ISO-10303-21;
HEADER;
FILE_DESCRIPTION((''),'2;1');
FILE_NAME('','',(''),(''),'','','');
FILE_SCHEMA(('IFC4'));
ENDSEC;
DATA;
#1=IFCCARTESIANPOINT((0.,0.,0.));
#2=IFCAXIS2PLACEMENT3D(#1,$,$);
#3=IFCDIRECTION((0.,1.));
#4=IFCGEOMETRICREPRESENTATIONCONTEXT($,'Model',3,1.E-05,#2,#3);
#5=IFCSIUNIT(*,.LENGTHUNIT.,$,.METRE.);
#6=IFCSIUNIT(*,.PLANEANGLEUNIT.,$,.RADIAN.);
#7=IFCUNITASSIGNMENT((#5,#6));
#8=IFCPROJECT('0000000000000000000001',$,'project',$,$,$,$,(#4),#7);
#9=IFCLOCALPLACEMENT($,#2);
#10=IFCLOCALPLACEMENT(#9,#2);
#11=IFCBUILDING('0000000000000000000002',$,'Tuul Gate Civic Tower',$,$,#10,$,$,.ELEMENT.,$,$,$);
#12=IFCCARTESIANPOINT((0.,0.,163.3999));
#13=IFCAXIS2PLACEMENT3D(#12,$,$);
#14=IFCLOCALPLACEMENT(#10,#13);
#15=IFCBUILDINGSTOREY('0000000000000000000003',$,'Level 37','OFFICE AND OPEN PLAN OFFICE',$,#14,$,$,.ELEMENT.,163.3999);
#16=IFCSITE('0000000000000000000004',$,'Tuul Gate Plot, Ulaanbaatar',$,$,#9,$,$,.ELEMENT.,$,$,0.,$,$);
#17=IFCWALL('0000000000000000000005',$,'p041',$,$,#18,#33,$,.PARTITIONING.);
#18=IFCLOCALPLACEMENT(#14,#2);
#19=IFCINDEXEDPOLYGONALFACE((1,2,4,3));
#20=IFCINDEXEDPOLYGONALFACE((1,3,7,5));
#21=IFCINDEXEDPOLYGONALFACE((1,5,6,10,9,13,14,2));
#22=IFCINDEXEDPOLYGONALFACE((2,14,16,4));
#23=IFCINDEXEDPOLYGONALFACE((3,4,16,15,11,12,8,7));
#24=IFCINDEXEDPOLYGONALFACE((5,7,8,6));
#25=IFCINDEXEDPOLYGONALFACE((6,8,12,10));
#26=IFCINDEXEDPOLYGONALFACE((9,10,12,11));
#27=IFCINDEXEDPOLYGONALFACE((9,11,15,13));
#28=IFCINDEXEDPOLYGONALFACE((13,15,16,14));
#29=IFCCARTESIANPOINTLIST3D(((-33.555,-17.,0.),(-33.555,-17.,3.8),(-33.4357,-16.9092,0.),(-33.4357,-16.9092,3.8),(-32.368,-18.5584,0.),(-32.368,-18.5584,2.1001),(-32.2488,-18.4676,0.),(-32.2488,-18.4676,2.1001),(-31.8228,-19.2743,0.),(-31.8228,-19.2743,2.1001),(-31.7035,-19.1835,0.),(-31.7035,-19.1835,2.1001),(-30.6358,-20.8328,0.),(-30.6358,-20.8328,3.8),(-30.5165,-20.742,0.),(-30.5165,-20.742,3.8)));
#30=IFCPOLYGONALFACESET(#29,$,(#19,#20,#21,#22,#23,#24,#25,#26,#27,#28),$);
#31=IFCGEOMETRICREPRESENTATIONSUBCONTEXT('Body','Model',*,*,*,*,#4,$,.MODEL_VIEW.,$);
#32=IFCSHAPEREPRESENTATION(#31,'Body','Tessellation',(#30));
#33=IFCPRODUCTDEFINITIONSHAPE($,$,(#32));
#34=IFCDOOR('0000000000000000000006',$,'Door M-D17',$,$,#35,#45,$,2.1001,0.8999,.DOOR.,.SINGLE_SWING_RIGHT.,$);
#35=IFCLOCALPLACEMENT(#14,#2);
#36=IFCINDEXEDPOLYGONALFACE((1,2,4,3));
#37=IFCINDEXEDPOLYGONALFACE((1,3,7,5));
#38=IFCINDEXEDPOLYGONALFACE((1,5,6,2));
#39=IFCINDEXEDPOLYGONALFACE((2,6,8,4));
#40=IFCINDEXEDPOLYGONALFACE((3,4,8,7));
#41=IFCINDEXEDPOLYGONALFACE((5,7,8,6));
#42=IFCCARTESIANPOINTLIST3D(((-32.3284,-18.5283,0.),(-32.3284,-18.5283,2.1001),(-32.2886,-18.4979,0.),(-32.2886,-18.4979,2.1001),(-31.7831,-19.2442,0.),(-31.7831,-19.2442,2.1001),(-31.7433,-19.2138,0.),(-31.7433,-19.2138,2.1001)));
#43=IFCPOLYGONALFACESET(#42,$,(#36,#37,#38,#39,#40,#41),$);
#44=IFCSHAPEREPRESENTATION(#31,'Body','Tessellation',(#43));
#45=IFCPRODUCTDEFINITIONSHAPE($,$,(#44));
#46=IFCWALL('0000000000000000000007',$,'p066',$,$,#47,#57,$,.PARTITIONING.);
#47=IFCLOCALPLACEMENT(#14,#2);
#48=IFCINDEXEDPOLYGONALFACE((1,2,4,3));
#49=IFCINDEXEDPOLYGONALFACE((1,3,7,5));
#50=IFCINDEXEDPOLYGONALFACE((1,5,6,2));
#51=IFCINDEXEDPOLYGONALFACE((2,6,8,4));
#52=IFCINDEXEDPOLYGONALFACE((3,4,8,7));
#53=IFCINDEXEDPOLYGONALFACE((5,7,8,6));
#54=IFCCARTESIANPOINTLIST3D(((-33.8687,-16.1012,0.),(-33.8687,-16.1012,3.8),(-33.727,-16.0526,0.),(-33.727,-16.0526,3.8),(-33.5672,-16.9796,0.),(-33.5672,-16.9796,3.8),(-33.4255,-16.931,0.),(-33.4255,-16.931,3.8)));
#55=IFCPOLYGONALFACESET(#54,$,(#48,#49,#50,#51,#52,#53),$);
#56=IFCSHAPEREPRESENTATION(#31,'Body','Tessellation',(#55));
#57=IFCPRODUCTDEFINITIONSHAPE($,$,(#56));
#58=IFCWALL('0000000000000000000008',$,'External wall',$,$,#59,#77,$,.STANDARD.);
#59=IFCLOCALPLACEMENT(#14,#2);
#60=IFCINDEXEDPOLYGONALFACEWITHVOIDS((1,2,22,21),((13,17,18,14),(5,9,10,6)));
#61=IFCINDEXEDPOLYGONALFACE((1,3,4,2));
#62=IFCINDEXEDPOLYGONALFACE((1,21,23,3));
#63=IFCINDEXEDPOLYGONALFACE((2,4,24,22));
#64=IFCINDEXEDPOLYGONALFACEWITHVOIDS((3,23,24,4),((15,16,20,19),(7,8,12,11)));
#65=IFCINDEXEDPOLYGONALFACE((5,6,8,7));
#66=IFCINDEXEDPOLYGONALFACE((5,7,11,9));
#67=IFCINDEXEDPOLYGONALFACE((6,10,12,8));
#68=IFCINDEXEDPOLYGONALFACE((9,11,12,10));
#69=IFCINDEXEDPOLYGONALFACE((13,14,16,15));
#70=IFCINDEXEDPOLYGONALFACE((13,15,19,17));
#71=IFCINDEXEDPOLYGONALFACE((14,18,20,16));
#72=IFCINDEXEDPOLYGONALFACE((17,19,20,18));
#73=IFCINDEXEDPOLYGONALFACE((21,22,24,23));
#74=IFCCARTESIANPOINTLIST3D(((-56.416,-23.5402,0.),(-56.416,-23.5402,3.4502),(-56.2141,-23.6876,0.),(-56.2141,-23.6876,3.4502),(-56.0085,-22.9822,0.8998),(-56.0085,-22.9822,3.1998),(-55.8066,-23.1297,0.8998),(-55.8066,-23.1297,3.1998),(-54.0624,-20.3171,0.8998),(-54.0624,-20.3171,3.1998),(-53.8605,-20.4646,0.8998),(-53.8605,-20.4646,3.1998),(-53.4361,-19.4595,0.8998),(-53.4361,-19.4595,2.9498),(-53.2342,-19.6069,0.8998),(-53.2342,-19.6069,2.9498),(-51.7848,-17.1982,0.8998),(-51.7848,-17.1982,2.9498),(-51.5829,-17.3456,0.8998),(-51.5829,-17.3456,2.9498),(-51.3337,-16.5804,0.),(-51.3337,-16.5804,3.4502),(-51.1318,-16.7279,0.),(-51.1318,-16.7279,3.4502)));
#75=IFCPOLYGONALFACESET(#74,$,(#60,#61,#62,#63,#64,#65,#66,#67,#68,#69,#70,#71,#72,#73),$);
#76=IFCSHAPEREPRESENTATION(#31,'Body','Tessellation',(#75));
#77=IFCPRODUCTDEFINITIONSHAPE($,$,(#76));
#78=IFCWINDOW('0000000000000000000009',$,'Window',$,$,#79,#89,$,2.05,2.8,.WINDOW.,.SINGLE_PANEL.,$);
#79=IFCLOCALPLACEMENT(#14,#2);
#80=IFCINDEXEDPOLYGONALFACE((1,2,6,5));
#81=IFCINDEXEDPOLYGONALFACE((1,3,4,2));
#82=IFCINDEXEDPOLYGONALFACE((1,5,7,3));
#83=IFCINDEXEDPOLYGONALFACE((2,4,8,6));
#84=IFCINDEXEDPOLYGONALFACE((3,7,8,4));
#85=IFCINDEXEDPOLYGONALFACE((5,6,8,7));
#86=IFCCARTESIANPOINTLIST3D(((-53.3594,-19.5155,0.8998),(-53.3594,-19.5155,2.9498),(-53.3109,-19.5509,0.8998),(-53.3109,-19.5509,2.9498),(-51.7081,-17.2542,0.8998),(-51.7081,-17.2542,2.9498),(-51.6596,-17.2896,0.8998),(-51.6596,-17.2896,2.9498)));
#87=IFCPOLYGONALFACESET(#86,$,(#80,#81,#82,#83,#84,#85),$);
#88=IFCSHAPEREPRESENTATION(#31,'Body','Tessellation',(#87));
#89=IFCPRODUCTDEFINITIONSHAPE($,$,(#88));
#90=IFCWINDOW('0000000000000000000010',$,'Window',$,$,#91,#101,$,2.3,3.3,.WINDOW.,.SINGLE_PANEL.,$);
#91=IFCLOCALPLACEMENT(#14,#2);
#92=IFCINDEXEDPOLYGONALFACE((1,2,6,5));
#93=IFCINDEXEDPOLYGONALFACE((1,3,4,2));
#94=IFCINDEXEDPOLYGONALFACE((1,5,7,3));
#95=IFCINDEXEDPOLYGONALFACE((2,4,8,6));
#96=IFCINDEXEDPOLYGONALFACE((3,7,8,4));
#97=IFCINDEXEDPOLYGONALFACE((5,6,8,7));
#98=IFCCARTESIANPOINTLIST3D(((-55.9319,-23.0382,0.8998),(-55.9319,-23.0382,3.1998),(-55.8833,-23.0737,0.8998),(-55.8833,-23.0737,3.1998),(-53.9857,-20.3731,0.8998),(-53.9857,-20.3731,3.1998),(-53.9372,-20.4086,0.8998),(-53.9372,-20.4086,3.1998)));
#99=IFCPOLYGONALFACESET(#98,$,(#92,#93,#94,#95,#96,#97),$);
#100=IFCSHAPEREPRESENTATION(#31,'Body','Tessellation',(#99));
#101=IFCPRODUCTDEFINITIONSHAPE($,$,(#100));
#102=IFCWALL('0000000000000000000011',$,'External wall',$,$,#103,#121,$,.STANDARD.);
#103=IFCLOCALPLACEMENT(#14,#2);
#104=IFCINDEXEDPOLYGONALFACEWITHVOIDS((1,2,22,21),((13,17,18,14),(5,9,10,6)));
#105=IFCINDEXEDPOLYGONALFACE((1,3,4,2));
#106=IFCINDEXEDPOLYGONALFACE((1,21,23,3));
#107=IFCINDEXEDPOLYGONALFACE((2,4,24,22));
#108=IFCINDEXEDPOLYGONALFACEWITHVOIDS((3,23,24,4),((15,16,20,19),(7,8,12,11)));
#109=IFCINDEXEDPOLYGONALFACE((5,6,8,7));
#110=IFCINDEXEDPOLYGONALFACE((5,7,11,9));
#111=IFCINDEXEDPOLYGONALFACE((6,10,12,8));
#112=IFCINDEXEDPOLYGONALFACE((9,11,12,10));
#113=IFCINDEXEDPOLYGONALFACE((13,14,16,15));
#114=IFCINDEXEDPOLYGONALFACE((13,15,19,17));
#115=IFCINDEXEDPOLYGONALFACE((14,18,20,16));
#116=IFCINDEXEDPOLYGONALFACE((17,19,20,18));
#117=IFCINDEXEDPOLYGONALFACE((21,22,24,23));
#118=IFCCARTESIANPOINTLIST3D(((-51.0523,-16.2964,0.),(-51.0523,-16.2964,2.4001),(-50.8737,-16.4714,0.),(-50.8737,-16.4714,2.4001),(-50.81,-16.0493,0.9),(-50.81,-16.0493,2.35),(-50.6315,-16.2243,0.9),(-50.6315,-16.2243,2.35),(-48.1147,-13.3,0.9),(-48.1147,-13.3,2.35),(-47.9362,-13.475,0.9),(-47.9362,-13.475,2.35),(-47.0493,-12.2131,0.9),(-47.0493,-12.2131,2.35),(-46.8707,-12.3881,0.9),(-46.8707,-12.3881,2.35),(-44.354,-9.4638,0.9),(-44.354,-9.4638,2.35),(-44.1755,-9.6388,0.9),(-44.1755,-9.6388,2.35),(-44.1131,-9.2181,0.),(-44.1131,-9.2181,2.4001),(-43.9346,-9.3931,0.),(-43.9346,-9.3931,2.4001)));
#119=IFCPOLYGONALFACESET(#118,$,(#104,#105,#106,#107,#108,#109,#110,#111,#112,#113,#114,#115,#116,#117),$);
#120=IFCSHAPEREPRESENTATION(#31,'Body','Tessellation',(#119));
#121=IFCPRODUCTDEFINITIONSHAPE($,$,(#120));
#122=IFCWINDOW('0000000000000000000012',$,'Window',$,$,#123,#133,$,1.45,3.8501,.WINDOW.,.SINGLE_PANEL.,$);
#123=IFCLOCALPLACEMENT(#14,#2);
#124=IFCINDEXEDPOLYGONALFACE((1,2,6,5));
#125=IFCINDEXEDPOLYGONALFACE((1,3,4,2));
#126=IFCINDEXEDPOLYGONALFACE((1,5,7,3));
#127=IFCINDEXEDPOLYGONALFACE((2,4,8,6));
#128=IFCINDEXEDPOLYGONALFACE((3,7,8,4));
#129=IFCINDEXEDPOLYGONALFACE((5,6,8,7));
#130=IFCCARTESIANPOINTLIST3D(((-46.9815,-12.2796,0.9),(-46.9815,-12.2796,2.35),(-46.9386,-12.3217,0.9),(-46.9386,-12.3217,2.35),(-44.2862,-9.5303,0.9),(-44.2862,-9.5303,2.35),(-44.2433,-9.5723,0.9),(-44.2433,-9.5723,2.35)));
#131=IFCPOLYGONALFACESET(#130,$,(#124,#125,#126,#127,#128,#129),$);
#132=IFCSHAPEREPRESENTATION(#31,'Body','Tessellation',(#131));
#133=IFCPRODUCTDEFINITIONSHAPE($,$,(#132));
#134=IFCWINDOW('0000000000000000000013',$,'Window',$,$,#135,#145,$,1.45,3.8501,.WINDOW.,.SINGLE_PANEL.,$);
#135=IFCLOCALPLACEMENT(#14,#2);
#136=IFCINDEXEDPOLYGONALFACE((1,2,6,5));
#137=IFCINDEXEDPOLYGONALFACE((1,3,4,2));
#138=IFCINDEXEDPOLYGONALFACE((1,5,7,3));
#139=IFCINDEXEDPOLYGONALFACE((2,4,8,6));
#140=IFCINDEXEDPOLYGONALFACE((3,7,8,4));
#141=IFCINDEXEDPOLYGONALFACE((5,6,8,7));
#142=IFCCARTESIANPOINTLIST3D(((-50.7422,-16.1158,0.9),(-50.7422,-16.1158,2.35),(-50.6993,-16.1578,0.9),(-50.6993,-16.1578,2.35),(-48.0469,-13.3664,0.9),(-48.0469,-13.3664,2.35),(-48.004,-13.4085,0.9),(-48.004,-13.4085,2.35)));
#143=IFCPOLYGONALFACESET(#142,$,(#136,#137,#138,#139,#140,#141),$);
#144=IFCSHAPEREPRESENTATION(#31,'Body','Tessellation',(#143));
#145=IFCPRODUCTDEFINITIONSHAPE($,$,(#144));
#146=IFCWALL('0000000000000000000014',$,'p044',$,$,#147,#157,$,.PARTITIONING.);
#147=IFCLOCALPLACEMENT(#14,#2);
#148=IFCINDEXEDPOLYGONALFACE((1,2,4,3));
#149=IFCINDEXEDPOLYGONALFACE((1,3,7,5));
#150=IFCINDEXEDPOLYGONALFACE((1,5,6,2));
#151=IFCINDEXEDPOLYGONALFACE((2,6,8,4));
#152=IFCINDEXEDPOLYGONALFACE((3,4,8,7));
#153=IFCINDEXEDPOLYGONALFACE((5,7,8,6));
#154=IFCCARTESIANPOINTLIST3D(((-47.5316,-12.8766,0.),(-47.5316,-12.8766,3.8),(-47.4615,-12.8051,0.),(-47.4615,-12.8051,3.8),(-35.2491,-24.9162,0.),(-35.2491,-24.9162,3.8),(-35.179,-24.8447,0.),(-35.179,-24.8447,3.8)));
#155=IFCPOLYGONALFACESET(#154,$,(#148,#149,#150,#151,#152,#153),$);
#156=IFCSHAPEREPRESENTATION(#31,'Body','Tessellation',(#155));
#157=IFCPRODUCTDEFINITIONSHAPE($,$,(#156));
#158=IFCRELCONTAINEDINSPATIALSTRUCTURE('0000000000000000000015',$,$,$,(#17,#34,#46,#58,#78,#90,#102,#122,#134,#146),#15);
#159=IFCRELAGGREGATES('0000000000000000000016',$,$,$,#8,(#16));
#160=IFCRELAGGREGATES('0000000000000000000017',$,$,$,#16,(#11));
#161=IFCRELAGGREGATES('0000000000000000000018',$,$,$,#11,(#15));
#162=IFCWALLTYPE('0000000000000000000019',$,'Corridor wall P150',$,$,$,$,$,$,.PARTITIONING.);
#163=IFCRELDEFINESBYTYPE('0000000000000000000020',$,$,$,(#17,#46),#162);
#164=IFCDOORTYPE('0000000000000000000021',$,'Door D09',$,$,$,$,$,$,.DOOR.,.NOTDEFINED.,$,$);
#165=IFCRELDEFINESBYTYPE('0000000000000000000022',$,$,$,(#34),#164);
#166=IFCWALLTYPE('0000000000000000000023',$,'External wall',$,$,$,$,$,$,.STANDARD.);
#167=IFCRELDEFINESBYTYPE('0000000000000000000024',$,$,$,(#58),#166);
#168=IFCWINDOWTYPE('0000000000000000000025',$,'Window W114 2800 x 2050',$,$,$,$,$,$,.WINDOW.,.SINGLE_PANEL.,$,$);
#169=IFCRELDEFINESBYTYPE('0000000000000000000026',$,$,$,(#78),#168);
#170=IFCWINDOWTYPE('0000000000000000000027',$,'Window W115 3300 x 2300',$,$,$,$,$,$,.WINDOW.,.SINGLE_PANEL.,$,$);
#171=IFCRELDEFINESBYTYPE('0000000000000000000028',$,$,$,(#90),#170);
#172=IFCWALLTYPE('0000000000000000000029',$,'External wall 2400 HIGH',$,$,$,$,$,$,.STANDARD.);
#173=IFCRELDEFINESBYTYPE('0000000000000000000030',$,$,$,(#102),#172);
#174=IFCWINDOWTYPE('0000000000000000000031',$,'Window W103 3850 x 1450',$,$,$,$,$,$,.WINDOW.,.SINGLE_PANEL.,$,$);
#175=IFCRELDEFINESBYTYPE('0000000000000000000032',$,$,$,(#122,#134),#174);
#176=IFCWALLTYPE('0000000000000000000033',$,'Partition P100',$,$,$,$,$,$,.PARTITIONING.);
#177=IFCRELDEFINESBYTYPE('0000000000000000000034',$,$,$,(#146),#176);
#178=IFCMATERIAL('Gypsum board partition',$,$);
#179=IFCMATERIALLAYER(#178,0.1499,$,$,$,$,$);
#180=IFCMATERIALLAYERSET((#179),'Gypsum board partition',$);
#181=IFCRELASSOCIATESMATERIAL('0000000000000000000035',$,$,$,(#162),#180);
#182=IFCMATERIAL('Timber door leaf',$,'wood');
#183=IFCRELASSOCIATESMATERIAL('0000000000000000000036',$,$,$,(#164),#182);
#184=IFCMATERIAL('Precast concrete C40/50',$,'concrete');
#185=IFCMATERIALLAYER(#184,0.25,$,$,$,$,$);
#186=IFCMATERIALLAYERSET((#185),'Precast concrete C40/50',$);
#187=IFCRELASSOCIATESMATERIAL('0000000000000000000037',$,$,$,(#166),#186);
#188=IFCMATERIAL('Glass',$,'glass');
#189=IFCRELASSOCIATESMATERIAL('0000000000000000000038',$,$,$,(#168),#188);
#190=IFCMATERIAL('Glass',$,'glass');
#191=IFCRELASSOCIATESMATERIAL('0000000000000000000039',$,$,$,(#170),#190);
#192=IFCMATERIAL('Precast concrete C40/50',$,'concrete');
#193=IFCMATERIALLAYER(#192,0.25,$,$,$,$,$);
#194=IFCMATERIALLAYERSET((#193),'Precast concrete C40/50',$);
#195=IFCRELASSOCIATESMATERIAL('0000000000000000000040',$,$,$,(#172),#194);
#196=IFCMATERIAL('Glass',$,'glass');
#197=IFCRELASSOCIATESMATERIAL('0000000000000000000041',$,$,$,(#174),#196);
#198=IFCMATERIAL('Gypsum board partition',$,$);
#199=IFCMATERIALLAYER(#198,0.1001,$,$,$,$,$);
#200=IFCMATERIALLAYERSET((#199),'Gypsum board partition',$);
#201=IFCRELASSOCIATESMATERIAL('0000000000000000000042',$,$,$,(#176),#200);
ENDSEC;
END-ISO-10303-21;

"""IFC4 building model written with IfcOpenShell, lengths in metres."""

from ifc_helpers import new_model, si_unit, direction, frame, frame_2d, origin, place, context, subcontext, project, spatial, rectangle, extrude, material, layer, layer_set, type_object, element, fill, save


model = new_model("IFC4")

# Units and contexts
model_context = context("Model", 3, precision=1e-05, world=origin(), true_north=direction((0.0, 1.0)))
body_context = subcontext(model_context, "Body", "Model", "MODEL_VIEW")
ifc_project = project(units=[si_unit("LENGTHUNIT", "METRE"), si_unit("PLANEANGLEUNIT", "RADIAN")], contexts=[model_context])

# Site, building, storey
site_placement = place(None, origin())
site = spatial("IfcSite", under=ifc_project, at=site_placement, Name="Tuul Gate Plot, Ulaanbaatar", CompositionType="ELEMENT", RefElevation=0.0)
building_placement = place(site_placement, origin())
building = spatial("IfcBuilding", under=site, at=building_placement, Name="Tuul Gate Civic Tower", CompositionType="ELEMENT")
storey_placement = place(building_placement, frame((0.0, 0.0, 163.3999)))
storey = spatial("IfcBuildingStorey", under=building, at=storey_placement, Name="Level 37", Description="OFFICE AND OPEN PLAN OFFICE", CompositionType="ELEMENT", Elevation=163.3999)

# Shared definitions
ifc_material_1 = material(Name="Gypsum board partition")
ifc_layer_1 = layer(ifc_material_1, 0.1499)
ifc_layer_set_1 = layer_set([ifc_layer_1], Name="Gypsum board partition")
wall_type_1 = type_object("IfcWallType", Name="Corridor wall P150", PredefinedType="PARTITIONING", material=ifc_layer_set_1)

# Wall, opening, door
wall_1_placement = place(storey_placement, frame((-33.4954, -16.9546, 0.0), z_axis=(0.0, 0.0, 1.0), x_axis=(0.60591, -0.795533, 0.0)))
wall_1 = element("IfcWall", 1, at=wall_1_placement, inside=storey, type_object=wall_type_1, Name="p041", PredefinedType="PARTITIONING", context=body_context, shape_type="SweptSolid", body=[
    extrude(rectangle(XDim=4.8179, YDim=0.1499, at=frame_2d((2.4089, 0.0))), origin(), (0.0, 0.0, 1.0), 3.8),
])
opening_1_placement = place(wall_1_placement, frame((1.959, 0.0, 0.0)))
opening_1 = element("IfcOpeningElement", 2, at=opening_1_placement, cuts=wall_1, PredefinedType="OPENING", context=body_context, shape_type="SweptSolid", body=[
    extrude(rectangle(XDim=0.8999, YDim=2.1001, at=frame_2d((0.45, 1.05))), frame((0.0, 0.085, 0.0), z_axis=(0.0, -1.0, 0.0), x_axis=(1.0, 0.0, 0.0)), (0.0, 0.0, 1.0), 0.1699),
])
ifc_material_2 = material(Name="Timber door leaf", Category="wood")
door_type_1 = type_object("IfcDoorType", Name="Door D09", OperationType="NOTDEFINED", PredefinedType="DOOR", material=ifc_material_2)
door_1_placement = place(opening_1_placement, origin())
door_1 = element("IfcDoor", 3, at=door_1_placement, inside=storey, type_object=door_type_1, Name="Door M-D17", OperationType="SINGLE_SWING_RIGHT", OverallHeight=2.1001, OverallWidth=0.8999, PredefinedType="DOOR", context=body_context, shape_type="SweptSolid", body=[
    extrude(rectangle(XDim=0.8999, YDim=2.1001, at=frame_2d((0.45, 1.05))), frame((0.0, 0.0249, 0.0), z_axis=(0.0, -1.0, 0.0), x_axis=(1.0, 0.0, 0.0)), (0.0, 0.0, 1.0), 0.05),
])
fill(opening_1, door_1)

# Wall
wall_2_placement = place(storey_placement, frame((-33.7979, -16.0769, 0.0), z_axis=(0.0, 0.0, 1.0), x_axis=(0.324654, -0.945833, 0.0)))
element("IfcWall", 4, at=wall_2_placement, inside=storey, type_object=wall_type_1, Name="p066", PredefinedType="PARTITIONING", context=body_context, shape_type="SweptSolid", body=[
    extrude(rectangle(XDim=0.9287, YDim=0.1499, at=frame_2d((0.4644, 0.0))), origin(), (0.0, 0.0, 1.0), 3.8),
])

# Walls, openings, windows
ifc_material_3 = material(Name="Precast concrete C40/50", Category="concrete")
ifc_layer_2 = layer(ifc_material_3, 0.25)
ifc_layer_set_2 = layer_set([ifc_layer_2], Name="Precast concrete C40/50")
wall_type_2 = type_object("IfcWallType", Name="External wall", PredefinedType="STANDARD", material=ifc_layer_set_2)
wall_3_placement = place(storey_placement, frame((-51.2327, -16.6541, 0.0), z_axis=(0.0, 0.0, 1.0), x_axis=(-0.589739, -0.807594, 0.0)))
wall_3 = element("IfcWall", 5, at=wall_3_placement, inside=storey, type_object=wall_type_2, Name="External wall", PredefinedType="STANDARD", context=body_context, shape_type="SweptSolid", body=[
    extrude(rectangle(XDim=8.6179, YDim=0.25, at=frame_2d((4.3091, 0.0))), origin(), (0.0, 0.0, 1.0), 3.4502),
])
opening_2_placement = place(wall_3_placement, frame((0.7651, 0.0, 0.8999)))
opening_2 = element("IfcOpeningElement", 6, at=opening_2_placement, cuts=wall_3, PredefinedType="OPENING", context=body_context, shape_type="SweptSolid", body=[
    extrude(rectangle(XDim=2.8, YDim=2.05, at=frame_2d((1.3999, 1.0249))), frame((0.0, 0.135, 0.0), z_axis=(0.0, -1.0, 0.0), x_axis=(1.0, 0.0, 0.0)), (0.0, 0.0, 1.0), 0.27),
])
opening_3_placement = place(wall_3_placement, frame((4.6272, 0.0, 0.8999)))
opening_3 = element("IfcOpeningElement", 7, at=opening_3_placement, cuts=wall_3, PredefinedType="OPENING", context=body_context, shape_type="SweptSolid", body=[
    extrude(rectangle(XDim=3.3, YDim=2.3, at=frame_2d((1.6499, 1.1499))), frame((0.0, 0.135, 0.0), z_axis=(0.0, -1.0, 0.0), x_axis=(1.0, 0.0, 0.0)), (0.0, 0.0, 1.0), 0.27),
])
ifc_material_4 = material(Name="Glass", Category="glass")
window_type_1 = type_object("IfcWindowType", Name="Window W114 2800 x 2050", PartitioningType="SINGLE_PANEL", PredefinedType="WINDOW", material=ifc_material_4)
window_1_placement = place(opening_2_placement, origin())
window_1 = element("IfcWindow", 8, at=window_1_placement, inside=storey, type_object=window_type_1, Name="Window", OverallHeight=2.05, OverallWidth=2.8, PartitioningType="SINGLE_PANEL", PredefinedType="WINDOW", context=body_context, shape_type="SweptSolid", body=[
    extrude(rectangle(XDim=2.8, YDim=2.05, at=frame_2d((1.3999, 1.0249))), frame((0.0, 0.03, 0.0), z_axis=(0.0, -1.0, 0.0), x_axis=(1.0, 0.0, 0.0)), (0.0, 0.0, 1.0), 0.0601),
])
fill(opening_2, window_1)
ifc_material_5 = material(Name="Glass", Category="glass")
window_type_2 = type_object("IfcWindowType", Name="Window W115 3300 x 2300", PartitioningType="SINGLE_PANEL", PredefinedType="WINDOW", material=ifc_material_5)
window_2_placement = place(opening_3_placement, origin())
window_2 = element("IfcWindow", 9, at=window_2_placement, inside=storey, type_object=window_type_2, Name="Window", OverallHeight=2.3, OverallWidth=3.3, PartitioningType="SINGLE_PANEL", PredefinedType="WINDOW", context=body_context, shape_type="SweptSolid", body=[
    extrude(rectangle(XDim=3.3, YDim=2.3, at=frame_2d((1.6499, 1.1499))), frame((0.0, 0.03, 0.0), z_axis=(0.0, -1.0, 0.0), x_axis=(1.0, 0.0, 0.0)), (0.0, 0.0, 1.0), 0.0601),
])
fill(opening_3, window_2)
ifc_material_6 = material(Name="Precast concrete C40/50", Category="concrete")
ifc_layer_3 = layer(ifc_material_6, 0.25)
ifc_layer_set_3 = layer_set([ifc_layer_3], Name="Precast concrete C40/50")
wall_type_3 = type_object("IfcWallType", Name="External wall 2400 HIGH", PredefinedType="STANDARD", material=ifc_layer_set_3)
wall_4_placement = place(storey_placement, frame((-44.0239, -9.3057, 0.0), z_axis=(0.0, 0.0, 1.0), x_axis=(-0.700052, -0.714091, 0.0)))
wall_4 = element("IfcWall", 10, at=wall_4_placement, inside=storey, type_object=wall_type_3, Name="External wall", PredefinedType="STANDARD", context=body_context, shape_type="SweptSolid", body=[
    extrude(rectangle(XDim=9.9124, YDim=0.25, at=frame_2d((4.9561, 0.0))), origin(), (0.0, 0.0, 1.0), 2.4001),
])
opening_4_placement = place(wall_4_placement, frame((0.344, 0.0, 0.8999)))
opening_4 = element("IfcOpeningElement", 11, at=opening_4_placement, cuts=wall_4, PredefinedType="OPENING", context=body_context, shape_type="SweptSolid", body=[
    extrude(rectangle(XDim=3.8501, YDim=1.45, at=frame_2d((1.925, 0.7251))), frame((0.0, 0.135, 0.0), z_axis=(0.0, -1.0, 0.0), x_axis=(1.0, 0.0, 0.0)), (0.0, 0.0, 1.0), 0.27),
])
opening_5_placement = place(wall_4_placement, frame((5.7161, 0.0, 0.8999)))
opening_5 = element("IfcOpeningElement", 12, at=opening_5_placement, cuts=wall_4, PredefinedType="OPENING", context=body_context, shape_type="SweptSolid", body=[
    extrude(rectangle(XDim=3.8501, YDim=1.45, at=frame_2d((1.925, 0.7251))), frame((0.0, 0.135, 0.0), z_axis=(0.0, -1.0, 0.0), x_axis=(1.0, 0.0, 0.0)), (0.0, 0.0, 1.0), 0.27),
])
ifc_material_7 = material(Name="Glass", Category="glass")
window_type_3 = type_object("IfcWindowType", Name="Window W103 3850 x 1450", PartitioningType="SINGLE_PANEL", PredefinedType="WINDOW", material=ifc_material_7)
window_3_placement = place(opening_4_placement, origin())
window_3 = element("IfcWindow", 13, at=window_3_placement, inside=storey, type_object=window_type_3, Name="Window", OverallHeight=1.45, OverallWidth=3.8501, PartitioningType="SINGLE_PANEL", PredefinedType="WINDOW", context=body_context, shape_type="SweptSolid", body=[
    extrude(rectangle(XDim=3.8501, YDim=1.45, at=frame_2d((1.925, 0.7251))), frame((0.0, 0.03, 0.0), z_axis=(0.0, -1.0, 0.0), x_axis=(1.0, 0.0, 0.0)), (0.0, 0.0, 1.0), 0.0601),
])
fill(opening_4, window_3)
window_4_placement = place(opening_5_placement, origin())
window_4 = element("IfcWindow", 14, at=window_4_placement, inside=storey, type_object=window_type_3, Name="Window", OverallHeight=1.45, OverallWidth=3.8501, PartitioningType="SINGLE_PANEL", PredefinedType="WINDOW", context=body_context, shape_type="SweptSolid", body=[
    extrude(rectangle(XDim=3.8501, YDim=1.45, at=frame_2d((1.925, 0.7251))), frame((0.0, 0.03, 0.0), z_axis=(0.0, -1.0, 0.0), x_axis=(1.0, 0.0, 0.0)), (0.0, 0.0, 1.0), 0.0601),
])
fill(opening_5, window_4)

# Wall
ifc_material_8 = material(Name="Gypsum board partition")
ifc_layer_4 = layer(ifc_material_8, 0.1001)
ifc_layer_set_4 = layer_set([ifc_layer_4], Name="Gypsum board partition")
wall_type_4 = type_object("IfcWallType", Name="Partition P100", PredefinedType="PARTITIONING", material=ifc_layer_set_4)
wall_5_placement = place(storey_placement, frame((-47.4966, -12.8408, 0.0), z_axis=(0.0, 0.0, 1.0), x_axis=(0.714134, -0.70001, 0.0)))
element("IfcWall", 15, at=wall_5_placement, inside=storey, type_object=wall_type_4, Name="p044", PredefinedType="PARTITIONING", context=body_context, shape_type="SweptSolid", body=[
    extrude(rectangle(XDim=17.1992, YDim=0.1001, at=frame_2d((8.5996, 0.0))), origin(), (0.0, 0.0, 1.0), 3.8),
])

save(model, "model.ifc")
